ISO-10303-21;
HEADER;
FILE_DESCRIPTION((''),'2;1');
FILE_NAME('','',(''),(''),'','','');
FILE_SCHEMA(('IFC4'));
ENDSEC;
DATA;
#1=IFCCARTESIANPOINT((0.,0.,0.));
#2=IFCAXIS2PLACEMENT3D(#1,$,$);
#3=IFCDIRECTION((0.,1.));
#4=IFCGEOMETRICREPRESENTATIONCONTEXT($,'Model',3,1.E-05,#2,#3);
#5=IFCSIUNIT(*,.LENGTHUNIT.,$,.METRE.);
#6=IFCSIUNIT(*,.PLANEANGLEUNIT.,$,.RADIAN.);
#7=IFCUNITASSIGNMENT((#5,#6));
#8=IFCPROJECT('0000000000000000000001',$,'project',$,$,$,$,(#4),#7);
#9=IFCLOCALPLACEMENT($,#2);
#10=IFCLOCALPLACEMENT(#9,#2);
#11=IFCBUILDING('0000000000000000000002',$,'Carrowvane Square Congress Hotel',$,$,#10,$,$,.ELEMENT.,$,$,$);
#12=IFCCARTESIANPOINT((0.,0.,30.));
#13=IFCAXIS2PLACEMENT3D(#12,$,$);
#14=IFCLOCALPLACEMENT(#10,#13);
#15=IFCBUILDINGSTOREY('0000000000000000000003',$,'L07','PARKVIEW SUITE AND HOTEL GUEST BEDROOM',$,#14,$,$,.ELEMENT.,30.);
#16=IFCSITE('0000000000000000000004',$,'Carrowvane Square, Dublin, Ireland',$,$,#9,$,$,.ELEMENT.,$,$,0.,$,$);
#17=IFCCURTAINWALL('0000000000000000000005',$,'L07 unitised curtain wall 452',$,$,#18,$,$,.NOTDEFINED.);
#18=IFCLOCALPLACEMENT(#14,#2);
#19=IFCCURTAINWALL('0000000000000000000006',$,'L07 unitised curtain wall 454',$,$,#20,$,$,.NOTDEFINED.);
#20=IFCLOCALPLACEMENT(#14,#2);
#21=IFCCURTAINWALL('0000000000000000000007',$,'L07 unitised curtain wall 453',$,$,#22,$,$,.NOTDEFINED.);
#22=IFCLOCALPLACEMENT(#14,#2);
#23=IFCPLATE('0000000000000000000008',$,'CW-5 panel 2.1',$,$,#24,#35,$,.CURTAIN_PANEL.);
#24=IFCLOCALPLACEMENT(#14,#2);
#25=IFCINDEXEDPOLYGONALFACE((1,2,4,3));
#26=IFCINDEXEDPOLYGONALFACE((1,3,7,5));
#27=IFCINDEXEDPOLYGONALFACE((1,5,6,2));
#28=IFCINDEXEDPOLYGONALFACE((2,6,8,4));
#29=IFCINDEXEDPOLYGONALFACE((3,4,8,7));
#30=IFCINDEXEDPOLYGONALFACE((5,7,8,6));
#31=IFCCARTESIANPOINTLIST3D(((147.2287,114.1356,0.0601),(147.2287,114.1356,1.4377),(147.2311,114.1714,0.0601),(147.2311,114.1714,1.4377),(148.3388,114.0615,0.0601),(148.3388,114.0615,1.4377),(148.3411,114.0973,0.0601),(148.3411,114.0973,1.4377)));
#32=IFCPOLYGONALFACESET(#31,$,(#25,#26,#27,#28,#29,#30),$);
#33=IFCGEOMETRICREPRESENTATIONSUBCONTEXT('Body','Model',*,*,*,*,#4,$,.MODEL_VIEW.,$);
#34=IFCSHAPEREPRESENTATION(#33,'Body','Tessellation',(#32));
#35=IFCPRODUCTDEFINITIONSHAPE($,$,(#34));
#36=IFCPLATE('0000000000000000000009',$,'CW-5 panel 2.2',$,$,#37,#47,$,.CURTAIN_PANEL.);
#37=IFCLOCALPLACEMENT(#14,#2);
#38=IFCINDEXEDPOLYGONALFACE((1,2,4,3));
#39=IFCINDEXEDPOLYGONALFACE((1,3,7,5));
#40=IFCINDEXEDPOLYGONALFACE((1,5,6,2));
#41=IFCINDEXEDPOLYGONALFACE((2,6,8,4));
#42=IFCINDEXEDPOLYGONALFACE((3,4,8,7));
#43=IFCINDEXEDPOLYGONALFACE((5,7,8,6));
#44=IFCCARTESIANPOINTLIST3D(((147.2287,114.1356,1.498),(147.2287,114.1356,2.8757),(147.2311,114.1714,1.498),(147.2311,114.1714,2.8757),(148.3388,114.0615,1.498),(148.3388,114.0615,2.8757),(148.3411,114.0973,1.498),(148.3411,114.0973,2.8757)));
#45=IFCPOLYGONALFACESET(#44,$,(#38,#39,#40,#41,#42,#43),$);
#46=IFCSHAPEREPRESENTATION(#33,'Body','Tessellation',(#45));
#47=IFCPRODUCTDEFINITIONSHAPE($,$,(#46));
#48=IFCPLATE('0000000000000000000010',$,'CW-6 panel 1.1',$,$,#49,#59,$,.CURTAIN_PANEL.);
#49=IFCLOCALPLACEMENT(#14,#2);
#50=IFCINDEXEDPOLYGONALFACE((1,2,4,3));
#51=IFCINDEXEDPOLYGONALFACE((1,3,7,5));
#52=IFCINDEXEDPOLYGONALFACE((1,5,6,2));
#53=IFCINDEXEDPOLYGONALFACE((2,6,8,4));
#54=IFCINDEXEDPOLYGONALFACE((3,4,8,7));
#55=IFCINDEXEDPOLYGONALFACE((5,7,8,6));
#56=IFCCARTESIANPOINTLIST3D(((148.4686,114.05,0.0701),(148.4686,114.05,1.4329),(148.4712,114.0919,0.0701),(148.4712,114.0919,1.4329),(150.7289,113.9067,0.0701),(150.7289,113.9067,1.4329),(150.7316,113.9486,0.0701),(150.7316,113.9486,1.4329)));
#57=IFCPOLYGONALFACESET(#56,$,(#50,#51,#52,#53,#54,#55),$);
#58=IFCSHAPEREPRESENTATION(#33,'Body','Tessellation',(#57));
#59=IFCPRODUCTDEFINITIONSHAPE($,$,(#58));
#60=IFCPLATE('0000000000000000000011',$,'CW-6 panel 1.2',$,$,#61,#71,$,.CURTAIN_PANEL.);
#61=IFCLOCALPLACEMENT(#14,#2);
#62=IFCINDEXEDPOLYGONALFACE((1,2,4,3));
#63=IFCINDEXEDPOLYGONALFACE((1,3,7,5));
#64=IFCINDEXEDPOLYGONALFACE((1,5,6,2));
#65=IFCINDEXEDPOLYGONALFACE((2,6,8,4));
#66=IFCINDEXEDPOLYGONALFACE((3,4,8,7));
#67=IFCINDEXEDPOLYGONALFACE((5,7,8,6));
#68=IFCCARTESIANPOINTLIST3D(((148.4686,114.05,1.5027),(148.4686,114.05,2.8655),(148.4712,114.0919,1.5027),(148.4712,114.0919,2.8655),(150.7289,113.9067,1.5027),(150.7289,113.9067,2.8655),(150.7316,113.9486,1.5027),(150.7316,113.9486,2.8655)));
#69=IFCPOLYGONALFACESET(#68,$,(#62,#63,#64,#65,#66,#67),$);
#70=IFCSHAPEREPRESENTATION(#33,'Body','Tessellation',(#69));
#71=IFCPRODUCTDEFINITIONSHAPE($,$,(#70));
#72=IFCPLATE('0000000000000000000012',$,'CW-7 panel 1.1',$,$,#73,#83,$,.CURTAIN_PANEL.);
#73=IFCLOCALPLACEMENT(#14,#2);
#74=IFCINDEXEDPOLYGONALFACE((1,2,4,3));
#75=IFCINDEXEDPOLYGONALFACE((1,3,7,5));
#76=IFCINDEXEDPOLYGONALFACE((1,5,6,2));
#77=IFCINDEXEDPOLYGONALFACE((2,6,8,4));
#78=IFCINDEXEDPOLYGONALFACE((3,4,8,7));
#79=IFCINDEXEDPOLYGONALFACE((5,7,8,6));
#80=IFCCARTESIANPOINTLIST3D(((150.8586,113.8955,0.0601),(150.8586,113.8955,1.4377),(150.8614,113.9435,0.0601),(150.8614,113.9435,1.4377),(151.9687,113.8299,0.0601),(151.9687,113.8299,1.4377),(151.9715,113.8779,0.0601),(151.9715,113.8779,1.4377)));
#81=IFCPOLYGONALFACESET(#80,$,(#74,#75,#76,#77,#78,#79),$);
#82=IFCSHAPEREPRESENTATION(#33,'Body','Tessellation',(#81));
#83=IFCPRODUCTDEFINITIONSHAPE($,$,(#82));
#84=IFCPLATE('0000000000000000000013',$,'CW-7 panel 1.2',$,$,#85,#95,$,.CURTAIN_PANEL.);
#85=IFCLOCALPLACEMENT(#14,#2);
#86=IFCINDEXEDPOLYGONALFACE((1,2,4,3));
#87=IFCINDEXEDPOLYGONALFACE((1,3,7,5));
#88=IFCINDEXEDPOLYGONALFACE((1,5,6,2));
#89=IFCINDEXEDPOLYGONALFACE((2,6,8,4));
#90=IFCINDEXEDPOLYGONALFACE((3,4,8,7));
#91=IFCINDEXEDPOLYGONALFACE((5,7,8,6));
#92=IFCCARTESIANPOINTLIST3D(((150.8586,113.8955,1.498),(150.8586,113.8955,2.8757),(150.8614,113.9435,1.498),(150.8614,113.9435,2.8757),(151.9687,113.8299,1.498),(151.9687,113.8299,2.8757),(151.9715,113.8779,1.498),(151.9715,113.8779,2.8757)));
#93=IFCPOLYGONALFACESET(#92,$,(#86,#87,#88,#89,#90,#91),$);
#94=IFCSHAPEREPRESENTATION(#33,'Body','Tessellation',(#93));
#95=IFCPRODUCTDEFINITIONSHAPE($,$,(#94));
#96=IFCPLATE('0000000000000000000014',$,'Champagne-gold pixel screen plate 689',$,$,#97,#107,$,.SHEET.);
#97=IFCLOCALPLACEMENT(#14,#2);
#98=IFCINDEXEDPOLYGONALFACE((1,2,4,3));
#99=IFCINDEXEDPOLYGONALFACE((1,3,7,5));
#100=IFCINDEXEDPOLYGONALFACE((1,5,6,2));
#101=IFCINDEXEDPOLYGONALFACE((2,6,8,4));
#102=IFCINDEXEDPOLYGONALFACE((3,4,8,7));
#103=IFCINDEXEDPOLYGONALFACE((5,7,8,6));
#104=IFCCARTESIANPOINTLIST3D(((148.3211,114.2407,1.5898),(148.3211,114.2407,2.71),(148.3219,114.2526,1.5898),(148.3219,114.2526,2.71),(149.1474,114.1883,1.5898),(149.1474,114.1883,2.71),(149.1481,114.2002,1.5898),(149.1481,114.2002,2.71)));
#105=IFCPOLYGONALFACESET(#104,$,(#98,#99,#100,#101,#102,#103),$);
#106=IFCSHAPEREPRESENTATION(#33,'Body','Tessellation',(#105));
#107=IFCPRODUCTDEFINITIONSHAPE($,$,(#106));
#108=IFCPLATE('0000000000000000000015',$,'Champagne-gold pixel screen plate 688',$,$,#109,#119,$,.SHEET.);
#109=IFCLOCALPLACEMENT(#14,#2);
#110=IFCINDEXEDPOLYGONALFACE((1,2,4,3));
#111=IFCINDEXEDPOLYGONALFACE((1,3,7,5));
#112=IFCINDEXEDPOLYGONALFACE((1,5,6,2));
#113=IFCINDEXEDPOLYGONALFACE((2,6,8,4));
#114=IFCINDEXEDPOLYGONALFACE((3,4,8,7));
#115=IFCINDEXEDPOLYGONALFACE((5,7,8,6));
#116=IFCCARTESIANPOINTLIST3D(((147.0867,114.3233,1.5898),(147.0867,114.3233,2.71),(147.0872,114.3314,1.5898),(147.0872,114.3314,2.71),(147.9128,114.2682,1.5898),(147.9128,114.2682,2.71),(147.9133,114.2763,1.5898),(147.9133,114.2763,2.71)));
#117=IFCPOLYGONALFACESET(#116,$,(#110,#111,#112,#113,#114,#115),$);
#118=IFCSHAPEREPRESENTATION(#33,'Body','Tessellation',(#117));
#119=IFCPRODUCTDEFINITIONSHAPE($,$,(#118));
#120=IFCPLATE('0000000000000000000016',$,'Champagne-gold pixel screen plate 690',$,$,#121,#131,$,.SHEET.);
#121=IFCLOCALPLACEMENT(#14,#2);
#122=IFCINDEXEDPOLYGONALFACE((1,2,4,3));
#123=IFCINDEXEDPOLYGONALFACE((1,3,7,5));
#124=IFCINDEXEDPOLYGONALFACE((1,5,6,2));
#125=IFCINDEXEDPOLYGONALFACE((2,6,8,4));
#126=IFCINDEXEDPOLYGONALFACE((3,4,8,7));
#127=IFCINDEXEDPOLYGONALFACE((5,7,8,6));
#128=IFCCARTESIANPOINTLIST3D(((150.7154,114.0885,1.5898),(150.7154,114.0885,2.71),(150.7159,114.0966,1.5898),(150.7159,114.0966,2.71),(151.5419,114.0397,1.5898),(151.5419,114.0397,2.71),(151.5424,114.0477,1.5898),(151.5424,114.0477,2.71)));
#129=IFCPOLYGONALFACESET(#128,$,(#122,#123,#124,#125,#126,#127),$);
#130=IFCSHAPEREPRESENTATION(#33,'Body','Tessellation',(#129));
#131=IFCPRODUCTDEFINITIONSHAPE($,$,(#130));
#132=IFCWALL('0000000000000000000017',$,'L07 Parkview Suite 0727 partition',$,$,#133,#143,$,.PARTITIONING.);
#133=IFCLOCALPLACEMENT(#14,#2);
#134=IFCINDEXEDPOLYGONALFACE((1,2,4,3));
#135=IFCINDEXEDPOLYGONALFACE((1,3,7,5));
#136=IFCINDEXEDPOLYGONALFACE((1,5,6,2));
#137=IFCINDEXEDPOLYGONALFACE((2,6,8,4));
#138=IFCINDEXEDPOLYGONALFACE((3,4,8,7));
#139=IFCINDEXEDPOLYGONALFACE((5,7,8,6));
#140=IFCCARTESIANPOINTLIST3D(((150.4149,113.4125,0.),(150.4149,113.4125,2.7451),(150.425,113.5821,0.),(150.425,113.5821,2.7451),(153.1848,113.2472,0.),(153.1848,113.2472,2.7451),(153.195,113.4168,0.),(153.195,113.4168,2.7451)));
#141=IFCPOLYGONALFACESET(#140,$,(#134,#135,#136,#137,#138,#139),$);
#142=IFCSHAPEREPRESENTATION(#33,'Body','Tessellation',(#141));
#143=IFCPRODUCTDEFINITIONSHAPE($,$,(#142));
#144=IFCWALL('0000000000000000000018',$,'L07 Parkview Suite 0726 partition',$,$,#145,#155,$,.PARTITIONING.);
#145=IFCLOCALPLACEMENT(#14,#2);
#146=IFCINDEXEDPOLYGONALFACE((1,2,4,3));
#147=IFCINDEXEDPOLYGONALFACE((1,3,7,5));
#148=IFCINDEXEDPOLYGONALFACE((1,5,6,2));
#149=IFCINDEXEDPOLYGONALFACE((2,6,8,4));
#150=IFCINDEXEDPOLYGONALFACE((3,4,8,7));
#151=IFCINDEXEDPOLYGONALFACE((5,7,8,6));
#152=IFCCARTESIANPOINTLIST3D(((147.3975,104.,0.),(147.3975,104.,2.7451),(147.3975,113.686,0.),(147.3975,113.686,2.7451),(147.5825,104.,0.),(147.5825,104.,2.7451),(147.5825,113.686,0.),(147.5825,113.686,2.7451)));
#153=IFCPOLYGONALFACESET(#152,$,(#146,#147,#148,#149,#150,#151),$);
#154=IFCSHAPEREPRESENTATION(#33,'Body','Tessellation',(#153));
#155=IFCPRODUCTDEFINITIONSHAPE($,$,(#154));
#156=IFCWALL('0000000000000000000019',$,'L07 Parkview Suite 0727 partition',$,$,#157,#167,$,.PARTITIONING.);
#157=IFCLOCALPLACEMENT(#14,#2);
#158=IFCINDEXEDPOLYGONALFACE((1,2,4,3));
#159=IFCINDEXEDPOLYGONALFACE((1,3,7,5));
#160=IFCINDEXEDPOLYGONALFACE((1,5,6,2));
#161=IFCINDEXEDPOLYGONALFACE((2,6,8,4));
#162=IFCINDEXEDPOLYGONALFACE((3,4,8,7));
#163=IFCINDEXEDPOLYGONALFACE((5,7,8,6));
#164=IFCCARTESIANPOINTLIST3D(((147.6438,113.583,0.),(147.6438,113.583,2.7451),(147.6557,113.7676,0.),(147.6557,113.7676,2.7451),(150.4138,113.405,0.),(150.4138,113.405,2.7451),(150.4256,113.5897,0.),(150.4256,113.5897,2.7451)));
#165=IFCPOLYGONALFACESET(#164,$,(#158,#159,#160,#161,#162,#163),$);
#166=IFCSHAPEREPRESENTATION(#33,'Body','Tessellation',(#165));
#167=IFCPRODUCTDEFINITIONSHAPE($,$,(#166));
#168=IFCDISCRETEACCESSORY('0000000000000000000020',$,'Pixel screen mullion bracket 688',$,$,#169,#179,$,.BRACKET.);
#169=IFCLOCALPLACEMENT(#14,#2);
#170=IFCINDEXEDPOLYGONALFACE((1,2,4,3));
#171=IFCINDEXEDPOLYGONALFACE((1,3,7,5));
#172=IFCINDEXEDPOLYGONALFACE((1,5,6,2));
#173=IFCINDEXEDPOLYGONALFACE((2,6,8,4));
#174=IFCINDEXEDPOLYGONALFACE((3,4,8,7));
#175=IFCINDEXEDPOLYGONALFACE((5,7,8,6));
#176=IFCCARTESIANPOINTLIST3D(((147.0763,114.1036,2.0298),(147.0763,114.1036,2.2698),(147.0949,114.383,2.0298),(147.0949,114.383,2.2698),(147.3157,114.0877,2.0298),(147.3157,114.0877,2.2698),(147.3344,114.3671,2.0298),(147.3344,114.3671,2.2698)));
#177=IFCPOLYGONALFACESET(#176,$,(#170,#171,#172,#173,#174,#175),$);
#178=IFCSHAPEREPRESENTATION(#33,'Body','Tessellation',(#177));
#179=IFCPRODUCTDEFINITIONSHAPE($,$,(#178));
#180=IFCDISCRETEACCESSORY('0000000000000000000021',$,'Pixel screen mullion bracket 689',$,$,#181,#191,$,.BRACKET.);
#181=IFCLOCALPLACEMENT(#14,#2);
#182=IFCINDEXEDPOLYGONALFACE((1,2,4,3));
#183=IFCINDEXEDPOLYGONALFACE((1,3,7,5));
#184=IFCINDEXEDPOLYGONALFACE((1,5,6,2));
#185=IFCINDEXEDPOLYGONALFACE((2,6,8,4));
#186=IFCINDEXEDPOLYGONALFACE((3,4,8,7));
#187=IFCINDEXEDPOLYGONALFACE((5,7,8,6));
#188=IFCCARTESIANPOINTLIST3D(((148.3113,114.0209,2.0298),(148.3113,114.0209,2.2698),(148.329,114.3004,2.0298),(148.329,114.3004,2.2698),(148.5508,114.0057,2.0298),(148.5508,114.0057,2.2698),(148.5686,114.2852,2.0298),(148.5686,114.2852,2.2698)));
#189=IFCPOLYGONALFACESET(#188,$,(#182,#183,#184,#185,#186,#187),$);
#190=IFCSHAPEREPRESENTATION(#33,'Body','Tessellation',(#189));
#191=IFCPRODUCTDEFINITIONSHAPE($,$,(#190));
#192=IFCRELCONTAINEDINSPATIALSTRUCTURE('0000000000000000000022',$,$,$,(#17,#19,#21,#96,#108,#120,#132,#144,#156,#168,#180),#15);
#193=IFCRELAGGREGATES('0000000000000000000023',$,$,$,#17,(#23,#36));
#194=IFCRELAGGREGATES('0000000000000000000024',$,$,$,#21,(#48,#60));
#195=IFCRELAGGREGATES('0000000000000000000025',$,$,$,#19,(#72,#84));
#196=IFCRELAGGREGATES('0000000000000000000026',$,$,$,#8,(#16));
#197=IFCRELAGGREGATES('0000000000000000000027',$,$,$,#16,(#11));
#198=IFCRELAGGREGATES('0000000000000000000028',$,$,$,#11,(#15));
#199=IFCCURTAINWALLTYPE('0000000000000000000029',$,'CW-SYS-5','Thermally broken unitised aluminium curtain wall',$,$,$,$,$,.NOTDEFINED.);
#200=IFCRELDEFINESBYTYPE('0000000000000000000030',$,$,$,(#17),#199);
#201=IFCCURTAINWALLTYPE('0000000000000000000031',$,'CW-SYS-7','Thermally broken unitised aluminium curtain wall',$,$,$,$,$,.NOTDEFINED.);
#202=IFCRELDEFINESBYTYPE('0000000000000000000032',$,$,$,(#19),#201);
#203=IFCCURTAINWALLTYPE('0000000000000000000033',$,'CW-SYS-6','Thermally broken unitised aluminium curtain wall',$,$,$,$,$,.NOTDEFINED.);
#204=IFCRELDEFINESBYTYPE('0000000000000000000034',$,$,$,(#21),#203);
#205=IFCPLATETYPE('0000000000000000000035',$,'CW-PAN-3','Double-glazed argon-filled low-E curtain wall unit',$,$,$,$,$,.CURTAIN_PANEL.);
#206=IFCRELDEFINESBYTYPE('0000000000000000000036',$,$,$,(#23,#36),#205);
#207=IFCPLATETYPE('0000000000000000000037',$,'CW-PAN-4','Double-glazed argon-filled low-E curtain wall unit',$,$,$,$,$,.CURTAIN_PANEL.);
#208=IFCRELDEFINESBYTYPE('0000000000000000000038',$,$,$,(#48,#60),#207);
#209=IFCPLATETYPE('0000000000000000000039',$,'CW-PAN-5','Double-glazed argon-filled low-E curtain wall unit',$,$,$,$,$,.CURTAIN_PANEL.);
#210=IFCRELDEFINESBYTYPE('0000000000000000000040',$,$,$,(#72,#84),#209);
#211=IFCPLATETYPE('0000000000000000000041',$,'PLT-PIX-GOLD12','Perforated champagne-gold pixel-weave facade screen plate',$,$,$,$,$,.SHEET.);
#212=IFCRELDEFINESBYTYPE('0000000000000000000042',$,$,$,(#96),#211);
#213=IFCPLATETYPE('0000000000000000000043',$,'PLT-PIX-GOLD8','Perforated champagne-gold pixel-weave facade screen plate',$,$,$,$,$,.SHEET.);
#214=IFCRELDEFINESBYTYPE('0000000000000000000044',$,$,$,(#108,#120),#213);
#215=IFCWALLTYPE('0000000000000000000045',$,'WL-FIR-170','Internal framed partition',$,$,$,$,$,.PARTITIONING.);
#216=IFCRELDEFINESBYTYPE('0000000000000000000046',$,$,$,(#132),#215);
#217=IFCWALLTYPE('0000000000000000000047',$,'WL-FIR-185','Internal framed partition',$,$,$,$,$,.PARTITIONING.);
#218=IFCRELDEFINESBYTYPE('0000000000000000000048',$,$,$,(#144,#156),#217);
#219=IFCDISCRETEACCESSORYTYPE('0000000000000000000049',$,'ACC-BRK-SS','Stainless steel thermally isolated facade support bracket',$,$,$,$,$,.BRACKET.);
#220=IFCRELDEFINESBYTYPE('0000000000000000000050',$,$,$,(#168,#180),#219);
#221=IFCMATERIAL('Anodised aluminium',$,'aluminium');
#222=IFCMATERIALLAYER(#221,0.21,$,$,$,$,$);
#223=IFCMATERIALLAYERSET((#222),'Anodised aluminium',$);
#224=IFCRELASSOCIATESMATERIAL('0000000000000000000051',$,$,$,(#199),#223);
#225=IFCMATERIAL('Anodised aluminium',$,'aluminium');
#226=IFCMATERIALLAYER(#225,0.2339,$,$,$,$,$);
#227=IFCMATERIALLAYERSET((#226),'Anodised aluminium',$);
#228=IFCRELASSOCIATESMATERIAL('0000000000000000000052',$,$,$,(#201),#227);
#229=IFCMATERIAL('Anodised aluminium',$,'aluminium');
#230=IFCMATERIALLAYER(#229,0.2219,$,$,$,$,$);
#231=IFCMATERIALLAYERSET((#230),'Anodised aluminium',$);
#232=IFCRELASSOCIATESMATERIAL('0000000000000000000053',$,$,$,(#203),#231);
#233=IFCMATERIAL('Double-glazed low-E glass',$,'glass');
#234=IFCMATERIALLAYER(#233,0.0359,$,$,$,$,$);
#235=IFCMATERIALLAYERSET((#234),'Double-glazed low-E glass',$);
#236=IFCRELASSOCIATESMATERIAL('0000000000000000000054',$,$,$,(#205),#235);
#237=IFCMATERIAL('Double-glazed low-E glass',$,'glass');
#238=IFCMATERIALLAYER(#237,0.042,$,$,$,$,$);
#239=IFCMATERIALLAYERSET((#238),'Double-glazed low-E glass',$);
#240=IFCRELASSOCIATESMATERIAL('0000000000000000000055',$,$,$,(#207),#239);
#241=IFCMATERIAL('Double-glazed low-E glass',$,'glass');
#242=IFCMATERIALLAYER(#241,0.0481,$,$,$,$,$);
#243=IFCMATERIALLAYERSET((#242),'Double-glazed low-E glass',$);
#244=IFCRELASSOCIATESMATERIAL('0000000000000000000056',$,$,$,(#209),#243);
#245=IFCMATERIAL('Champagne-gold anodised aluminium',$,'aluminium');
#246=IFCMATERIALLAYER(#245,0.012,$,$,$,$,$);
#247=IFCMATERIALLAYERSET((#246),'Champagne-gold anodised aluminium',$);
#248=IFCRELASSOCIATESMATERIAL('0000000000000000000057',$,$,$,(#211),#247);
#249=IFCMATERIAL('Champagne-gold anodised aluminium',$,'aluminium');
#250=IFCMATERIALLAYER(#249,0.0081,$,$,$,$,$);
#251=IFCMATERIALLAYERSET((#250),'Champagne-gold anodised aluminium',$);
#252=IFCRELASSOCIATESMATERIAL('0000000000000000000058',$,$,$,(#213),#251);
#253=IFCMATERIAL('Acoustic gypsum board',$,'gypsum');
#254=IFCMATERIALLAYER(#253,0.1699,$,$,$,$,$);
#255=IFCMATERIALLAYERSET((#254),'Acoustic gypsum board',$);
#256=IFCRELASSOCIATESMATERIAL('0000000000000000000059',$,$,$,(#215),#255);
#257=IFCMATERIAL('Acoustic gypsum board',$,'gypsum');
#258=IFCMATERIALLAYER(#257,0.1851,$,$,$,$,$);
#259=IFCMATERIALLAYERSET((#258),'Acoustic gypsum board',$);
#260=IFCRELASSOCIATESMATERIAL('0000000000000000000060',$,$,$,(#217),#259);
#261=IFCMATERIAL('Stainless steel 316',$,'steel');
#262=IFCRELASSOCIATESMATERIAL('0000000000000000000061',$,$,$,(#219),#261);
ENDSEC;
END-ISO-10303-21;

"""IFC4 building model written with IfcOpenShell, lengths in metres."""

from ifc_helpers import new_model, si_unit, direction, frame, frame_2d, origin, origin_2d, place, context, subcontext, project, spatial, rectangle, extrude, material, layer, layer_set, type_object, element, aggregate, save


model = new_model("IFC4")

# Units and contexts
model_context = context("Model", 3, precision=1e-05, world=origin(), true_north=direction((0.0, 1.0)))
body_context = subcontext(model_context, "Body", "Model", "MODEL_VIEW")
ifc_project = project(units=[si_unit("LENGTHUNIT", "METRE"), si_unit("PLANEANGLEUNIT", "RADIAN")], contexts=[model_context])

# Site, building, storey
site_placement = place(None, origin())
site = spatial("IfcSite", under=ifc_project, at=site_placement, Name="Carrowvane Square, Dublin, Ireland", CompositionType="ELEMENT", RefElevation=0.0)
building_placement = place(site_placement, origin())
building = spatial("IfcBuilding", under=site, at=building_placement, Name="Carrowvane Square Congress Hotel", CompositionType="ELEMENT")
storey_placement = place(building_placement, frame((0.0, 0.0, 30.0)))
storey = spatial("IfcBuildingStorey", under=building, at=storey_placement, Name="L07", Description="PARKVIEW SUITE AND HOTEL GUEST BEDROOM", CompositionType="ELEMENT", Elevation=30.0)

# Curtain walls
ifc_material_1 = material(Name="Anodised aluminium", Category="aluminium")
ifc_layer_1 = layer(ifc_material_1, 0.21)
ifc_layer_set_1 = layer_set([ifc_layer_1], Name="Anodised aluminium")
curtain_wall_type_1 = type_object("IfcCurtainWallType", Name="CW-SYS-5", Description="Thermally broken unitised aluminium curtain wall", PredefinedType="NOTDEFINED", material=ifc_layer_set_1)
curtain_wall_1_placement = place(storey_placement, origin())
curtain_wall_1 = element("IfcCurtainWall", 1, at=curtain_wall_1_placement, inside=storey, type_object=curtain_wall_type_1, Name="L07 unitised curtain wall 452", PredefinedType="NOTDEFINED")
ifc_material_2 = material(Name="Anodised aluminium", Category="aluminium")
ifc_layer_2 = layer(ifc_material_2, 0.2339)
ifc_layer_set_2 = layer_set([ifc_layer_2], Name="Anodised aluminium")
curtain_wall_type_2 = type_object("IfcCurtainWallType", Name="CW-SYS-7", Description="Thermally broken unitised aluminium curtain wall", PredefinedType="NOTDEFINED", material=ifc_layer_set_2)
curtain_wall_2_placement = place(storey_placement, origin())
curtain_wall_2 = element("IfcCurtainWall", 2, at=curtain_wall_2_placement, inside=storey, type_object=curtain_wall_type_2, Name="L07 unitised curtain wall 454", PredefinedType="NOTDEFINED")
ifc_material_3 = material(Name="Anodised aluminium", Category="aluminium")
ifc_layer_3 = layer(ifc_material_3, 0.2219)
ifc_layer_set_3 = layer_set([ifc_layer_3], Name="Anodised aluminium")
curtain_wall_type_3 = type_object("IfcCurtainWallType", Name="CW-SYS-6", Description="Thermally broken unitised aluminium curtain wall", PredefinedType="NOTDEFINED", material=ifc_layer_set_3)
curtain_wall_3_placement = place(storey_placement, origin())
curtain_wall_3 = element("IfcCurtainWall", 3, at=curtain_wall_3_placement, inside=storey, type_object=curtain_wall_type_3, Name="L07 unitised curtain wall 453", PredefinedType="NOTDEFINED")

# Plates
ifc_material_4 = material(Name="Double-glazed low-E glass", Category="glass")
ifc_layer_4 = layer(ifc_material_4, 0.0359)
ifc_layer_set_4 = layer_set([ifc_layer_4], Name="Double-glazed low-E glass")
plate_type_1 = type_object("IfcPlateType", Name="CW-PAN-3", Description="Double-glazed argon-filled low-E curtain wall unit", PredefinedType="CURTAIN_PANEL", material=ifc_layer_set_4)
plate_1_placement = place(storey_placement, frame((147.7849, 114.1165, 0.0601), z_axis=(0.0, 0.0, 1.0), x_axis=(0.997781, -0.066574, 0.0)))
plate_1 = element("IfcPlate", 4, at=plate_1_placement, type_object=plate_type_1, Name="CW-5 panel 2.1", PredefinedType="CURTAIN_PANEL", context=body_context, shape_type="SweptSolid", body=[
    extrude(rectangle(XDim=1.1125, YDim=0.0359, at=origin_2d()), origin(), (0.0, 0.0, 1.0), 1.3777),
])
plate_2_placement = place(storey_placement, frame((147.7849, 114.1165, 1.498), z_axis=(0.0, 0.0, 1.0), x_axis=(0.997781, -0.066574, 0.0)))
plate_2 = element("IfcPlate", 5, at=plate_2_placement, type_object=plate_type_1, Name="CW-5 panel 2.2", PredefinedType="CURTAIN_PANEL", context=body_context, shape_type="SweptSolid", body=[
    extrude(rectangle(XDim=1.1125, YDim=0.0359, at=origin_2d()), origin(), (0.0, 0.0, 1.0), 1.3777),
])
aggregate(curtain_wall_1, [plate_1, plate_2])
ifc_material_5 = material(Name="Double-glazed low-E glass", Category="glass")
ifc_layer_5 = layer(ifc_material_5, 0.042)
ifc_layer_set_5 = layer_set([ifc_layer_5], Name="Double-glazed low-E glass")
plate_type_2 = type_object("IfcPlateType", Name="CW-PAN-4", Description="Double-glazed argon-filled low-E curtain wall unit", PredefinedType="CURTAIN_PANEL", material=ifc_layer_set_5)
plate_3_placement = place(storey_placement, frame((149.6001, 113.9993, 0.0701), z_axis=(0.0, 0.0, 1.0), x_axis=(0.997996, -0.063273, 0.0)))
plate_3 = element("IfcPlate", 6, at=plate_3_placement, type_object=plate_type_2, Name="CW-6 panel 1.1", PredefinedType="CURTAIN_PANEL", context=body_context, shape_type="SweptSolid", body=[
    extrude(rectangle(XDim=2.2649, YDim=0.042, at=origin_2d()), origin(), (0.0, 0.0, 1.0), 1.3628),
])
plate_4_placement = place(storey_placement, frame((149.6001, 113.9993, 1.5027), z_axis=(0.0, 0.0, 1.0), x_axis=(0.997996, -0.063273, 0.0)))
plate_4 = element("IfcPlate", 7, at=plate_4_placement, type_object=plate_type_2, Name="CW-6 panel 1.2", PredefinedType="CURTAIN_PANEL", context=body_context, shape_type="SweptSolid", body=[
    extrude(rectangle(XDim=2.2649, YDim=0.042, at=origin_2d()), origin(), (0.0, 0.0, 1.0), 1.3628),
])
aggregate(curtain_wall_3, [plate_3, plate_4])
ifc_material_6 = material(Name="Double-glazed low-E glass", Category="glass")
ifc_layer_6 = layer(ifc_material_6, 0.0481)
ifc_layer_set_6 = layer_set([ifc_layer_6], Name="Double-glazed low-E glass")
plate_type_3 = type_object("IfcPlateType", Name="CW-PAN-5", Description="Double-glazed argon-filled low-E curtain wall unit", PredefinedType="CURTAIN_PANEL", material=ifc_layer_set_6)
plate_5_placement = place(storey_placement, frame((151.415, 113.8867, 0.0601), z_axis=(0.0, 0.0, 1.0), x_axis=(0.998259, -0.058989, 0.0)))
plate_5 = element("IfcPlate", 8, at=plate_5_placement, type_object=plate_type_3, Name="CW-7 panel 1.1", PredefinedType="CURTAIN_PANEL", context=body_context, shape_type="SweptSolid", body=[
    extrude(rectangle(XDim=1.1121, YDim=0.0481, at=origin_2d()), origin(), (0.0, 0.0, 1.0), 1.3777),
])
plate_6_placement = place(storey_placement, frame((151.415, 113.8867, 1.498), z_axis=(0.0, 0.0, 1.0), x_axis=(0.998259, -0.058989, 0.0)))
plate_6 = element("IfcPlate", 9, at=plate_6_placement, type_object=plate_type_3, Name="CW-7 panel 1.2", PredefinedType="CURTAIN_PANEL", context=body_context, shape_type="SweptSolid", body=[
    extrude(rectangle(XDim=1.1121, YDim=0.0481, at=origin_2d()), origin(), (0.0, 0.0, 1.0), 1.3777),
])
aggregate(curtain_wall_2, [plate_5, plate_6])

# Plates
ifc_material_7 = material(Name="Champagne-gold anodised aluminium", Category="aluminium")
ifc_layer_7 = layer(ifc_material_7, 0.012)
ifc_layer_set_7 = layer_set([ifc_layer_7], Name="Champagne-gold anodised aluminium")
plate_type_4 = type_object("IfcPlateType", Name="PLT-PIX-GOLD12", Description="Perforated champagne-gold pixel-weave facade screen plate", PredefinedType="SHEET", material=ifc_layer_set_7)
plate_7_placement = place(storey_placement, frame((148.7346, 114.2205, 1.5898), z_axis=(0.0, 0.0, 1.0), x_axis=(0.997996, -0.063277, 0.0)))
element("IfcPlate", 10, at=plate_7_placement, inside=storey, type_object=plate_type_4, Name="Champagne-gold pixel screen plate 689", PredefinedType="SHEET", context=body_context, shape_type="SweptSolid", body=[
    extrude(rectangle(XDim=0.8279, YDim=0.012, at=origin_2d()), origin(), (0.0, 0.0, 1.0), 1.1201),
])
ifc_material_8 = material(Name="Champagne-gold anodised aluminium", Category="aluminium")
ifc_layer_8 = layer(ifc_material_8, 0.0081)
ifc_layer_set_8 = layer_set([ifc_layer_8], Name="Champagne-gold anodised aluminium")
plate_type_5 = type_object("IfcPlateType", Name="PLT-PIX-GOLD8", Description="Perforated champagne-gold pixel-weave facade screen plate", PredefinedType="SHEET", material=ifc_layer_set_8)
for number, where, z_axis, x_axis, name in (
    (11, (147.5, 114.2998, 1.5898), (0.0, 0.0, 1.0), (0.997781, -0.066574, 0.0), "Champagne-gold pixel screen plate 688"),
    (12, (151.1289, 114.0681, 1.5898), (0.0, 0.0, 1.0), (0.998259, -0.058985, 0.0), "Champagne-gold pixel screen plate 690"),
):
    element("IfcPlate", number, at=place(storey_placement, frame(where, z_axis=z_axis, x_axis=x_axis)), inside=storey, type_object=plate_type_5, Name=name, PredefinedType="SHEET", context=body_context, shape_type="SweptSolid", body=[
        extrude(rectangle(XDim=0.8279, YDim=0.0081, at=origin_2d()), origin(), (0.0, 0.0, 1.0), 1.1201),
    ])

# Walls
ifc_material_9 = material(Name="Acoustic gypsum board", Category="gypsum")
ifc_layer_9 = layer(ifc_material_9, 0.1699)
ifc_layer_set_9 = layer_set([ifc_layer_9], Name="Acoustic gypsum board")
wall_type_1 = type_object("IfcWallType", Name="WL-FIR-170", Description="Internal framed partition", PredefinedType="PARTITIONING", material=ifc_layer_set_9)
wall_1_placement = place(storey_placement, frame((150.4199, 113.4973, 0.0), z_axis=(0.0, 0.0, 1.0), x_axis=(0.998225, -0.059563, 0.0)))
element("IfcWall", 13, at=wall_1_placement, inside=storey, type_object=wall_type_1, Name="L07 Parkview Suite 0727 partition", PredefinedType="PARTITIONING", context=body_context, shape_type="SweptSolid", body=[
    extrude(rectangle(XDim=2.7749, YDim=0.1699, at=frame_2d((1.3875, 0.0))), origin(), (0.0, 0.0, 1.0), 2.7451),
])
ifc_material_10 = material(Name="Acoustic gypsum board", Category="gypsum")
ifc_layer_10 = layer(ifc_material_10, 0.1851)
ifc_layer_set_10 = layer_set([ifc_layer_10], Name="Acoustic gypsum board")
wall_type_2 = type_object("IfcWallType", Name="WL-FIR-185", Description="Internal framed partition", PredefinedType="PARTITIONING", material=ifc_layer_set_10)
wall_2_placement = place(storey_placement, frame((147.49, 113.686, 0.0), z_axis=(0.0, 0.0, 1.0), x_axis=(0.0, -1.0, 0.0)))
element("IfcWall", 14, at=wall_2_placement, inside=storey, type_object=wall_type_2, Name="L07 Parkview Suite 0726 partition", PredefinedType="PARTITIONING", context=body_context, shape_type="SweptSolid", body=[
    extrude(rectangle(XDim=9.686, YDim=0.1851, at=frame_2d((4.843, 0.0))), origin(), (0.0, 0.0, 1.0), 2.7451),
])
wall_3_placement = place(storey_placement, frame((147.6499, 113.6753, 0.0), z_axis=(0.0, 0.0, 1.0), x_axis=(0.997942, -0.06412, 0.0)))
element("IfcWall", 15, at=wall_3_placement, inside=storey, type_object=wall_type_2, Name="L07 Parkview Suite 0727 partition", PredefinedType="PARTITIONING", context=body_context, shape_type="SweptSolid", body=[
    extrude(rectangle(XDim=2.7756, YDim=0.1851, at=frame_2d((1.3877, 0.0))), origin(), (0.0, 0.0, 1.0), 2.7451),
])

# Discrete accessories
ifc_material_11 = material(Name="Stainless steel 316", Category="steel")
discrete_accessory_type = type_object("IfcDiscreteAccessoryType", Name="ACC-BRK-SS", Description="Stainless steel thermally isolated facade support bracket", PredefinedType="BRACKET", material=ifc_material_11)
for number, where, z_axis, x_axis, name in (
    (16, (147.2053, 114.2354, 2.0298), (0.0, 0.0, 1.0), (0.997781, -0.066574, 0.0), "Pixel screen mullion bracket 688"),
    (17, (148.4399, 114.1531, 2.0298), (0.0, 0.0, 1.0), (0.997996, -0.063277, 0.0), "Pixel screen mullion bracket 689"),
):
    element("IfcDiscreteAccessory", number, at=place(storey_placement, frame(where, z_axis=z_axis, x_axis=x_axis)), inside=storey, type_object=discrete_accessory_type, Name=name, PredefinedType="BRACKET", context=body_context, shape_type="SweptSolid", body=[
        extrude(rectangle(XDim=0.24, YDim=0.28, at=origin_2d()), origin(), (0.0, 0.0, 1.0), 0.24),
    ])

save(model, "model.ifc")
